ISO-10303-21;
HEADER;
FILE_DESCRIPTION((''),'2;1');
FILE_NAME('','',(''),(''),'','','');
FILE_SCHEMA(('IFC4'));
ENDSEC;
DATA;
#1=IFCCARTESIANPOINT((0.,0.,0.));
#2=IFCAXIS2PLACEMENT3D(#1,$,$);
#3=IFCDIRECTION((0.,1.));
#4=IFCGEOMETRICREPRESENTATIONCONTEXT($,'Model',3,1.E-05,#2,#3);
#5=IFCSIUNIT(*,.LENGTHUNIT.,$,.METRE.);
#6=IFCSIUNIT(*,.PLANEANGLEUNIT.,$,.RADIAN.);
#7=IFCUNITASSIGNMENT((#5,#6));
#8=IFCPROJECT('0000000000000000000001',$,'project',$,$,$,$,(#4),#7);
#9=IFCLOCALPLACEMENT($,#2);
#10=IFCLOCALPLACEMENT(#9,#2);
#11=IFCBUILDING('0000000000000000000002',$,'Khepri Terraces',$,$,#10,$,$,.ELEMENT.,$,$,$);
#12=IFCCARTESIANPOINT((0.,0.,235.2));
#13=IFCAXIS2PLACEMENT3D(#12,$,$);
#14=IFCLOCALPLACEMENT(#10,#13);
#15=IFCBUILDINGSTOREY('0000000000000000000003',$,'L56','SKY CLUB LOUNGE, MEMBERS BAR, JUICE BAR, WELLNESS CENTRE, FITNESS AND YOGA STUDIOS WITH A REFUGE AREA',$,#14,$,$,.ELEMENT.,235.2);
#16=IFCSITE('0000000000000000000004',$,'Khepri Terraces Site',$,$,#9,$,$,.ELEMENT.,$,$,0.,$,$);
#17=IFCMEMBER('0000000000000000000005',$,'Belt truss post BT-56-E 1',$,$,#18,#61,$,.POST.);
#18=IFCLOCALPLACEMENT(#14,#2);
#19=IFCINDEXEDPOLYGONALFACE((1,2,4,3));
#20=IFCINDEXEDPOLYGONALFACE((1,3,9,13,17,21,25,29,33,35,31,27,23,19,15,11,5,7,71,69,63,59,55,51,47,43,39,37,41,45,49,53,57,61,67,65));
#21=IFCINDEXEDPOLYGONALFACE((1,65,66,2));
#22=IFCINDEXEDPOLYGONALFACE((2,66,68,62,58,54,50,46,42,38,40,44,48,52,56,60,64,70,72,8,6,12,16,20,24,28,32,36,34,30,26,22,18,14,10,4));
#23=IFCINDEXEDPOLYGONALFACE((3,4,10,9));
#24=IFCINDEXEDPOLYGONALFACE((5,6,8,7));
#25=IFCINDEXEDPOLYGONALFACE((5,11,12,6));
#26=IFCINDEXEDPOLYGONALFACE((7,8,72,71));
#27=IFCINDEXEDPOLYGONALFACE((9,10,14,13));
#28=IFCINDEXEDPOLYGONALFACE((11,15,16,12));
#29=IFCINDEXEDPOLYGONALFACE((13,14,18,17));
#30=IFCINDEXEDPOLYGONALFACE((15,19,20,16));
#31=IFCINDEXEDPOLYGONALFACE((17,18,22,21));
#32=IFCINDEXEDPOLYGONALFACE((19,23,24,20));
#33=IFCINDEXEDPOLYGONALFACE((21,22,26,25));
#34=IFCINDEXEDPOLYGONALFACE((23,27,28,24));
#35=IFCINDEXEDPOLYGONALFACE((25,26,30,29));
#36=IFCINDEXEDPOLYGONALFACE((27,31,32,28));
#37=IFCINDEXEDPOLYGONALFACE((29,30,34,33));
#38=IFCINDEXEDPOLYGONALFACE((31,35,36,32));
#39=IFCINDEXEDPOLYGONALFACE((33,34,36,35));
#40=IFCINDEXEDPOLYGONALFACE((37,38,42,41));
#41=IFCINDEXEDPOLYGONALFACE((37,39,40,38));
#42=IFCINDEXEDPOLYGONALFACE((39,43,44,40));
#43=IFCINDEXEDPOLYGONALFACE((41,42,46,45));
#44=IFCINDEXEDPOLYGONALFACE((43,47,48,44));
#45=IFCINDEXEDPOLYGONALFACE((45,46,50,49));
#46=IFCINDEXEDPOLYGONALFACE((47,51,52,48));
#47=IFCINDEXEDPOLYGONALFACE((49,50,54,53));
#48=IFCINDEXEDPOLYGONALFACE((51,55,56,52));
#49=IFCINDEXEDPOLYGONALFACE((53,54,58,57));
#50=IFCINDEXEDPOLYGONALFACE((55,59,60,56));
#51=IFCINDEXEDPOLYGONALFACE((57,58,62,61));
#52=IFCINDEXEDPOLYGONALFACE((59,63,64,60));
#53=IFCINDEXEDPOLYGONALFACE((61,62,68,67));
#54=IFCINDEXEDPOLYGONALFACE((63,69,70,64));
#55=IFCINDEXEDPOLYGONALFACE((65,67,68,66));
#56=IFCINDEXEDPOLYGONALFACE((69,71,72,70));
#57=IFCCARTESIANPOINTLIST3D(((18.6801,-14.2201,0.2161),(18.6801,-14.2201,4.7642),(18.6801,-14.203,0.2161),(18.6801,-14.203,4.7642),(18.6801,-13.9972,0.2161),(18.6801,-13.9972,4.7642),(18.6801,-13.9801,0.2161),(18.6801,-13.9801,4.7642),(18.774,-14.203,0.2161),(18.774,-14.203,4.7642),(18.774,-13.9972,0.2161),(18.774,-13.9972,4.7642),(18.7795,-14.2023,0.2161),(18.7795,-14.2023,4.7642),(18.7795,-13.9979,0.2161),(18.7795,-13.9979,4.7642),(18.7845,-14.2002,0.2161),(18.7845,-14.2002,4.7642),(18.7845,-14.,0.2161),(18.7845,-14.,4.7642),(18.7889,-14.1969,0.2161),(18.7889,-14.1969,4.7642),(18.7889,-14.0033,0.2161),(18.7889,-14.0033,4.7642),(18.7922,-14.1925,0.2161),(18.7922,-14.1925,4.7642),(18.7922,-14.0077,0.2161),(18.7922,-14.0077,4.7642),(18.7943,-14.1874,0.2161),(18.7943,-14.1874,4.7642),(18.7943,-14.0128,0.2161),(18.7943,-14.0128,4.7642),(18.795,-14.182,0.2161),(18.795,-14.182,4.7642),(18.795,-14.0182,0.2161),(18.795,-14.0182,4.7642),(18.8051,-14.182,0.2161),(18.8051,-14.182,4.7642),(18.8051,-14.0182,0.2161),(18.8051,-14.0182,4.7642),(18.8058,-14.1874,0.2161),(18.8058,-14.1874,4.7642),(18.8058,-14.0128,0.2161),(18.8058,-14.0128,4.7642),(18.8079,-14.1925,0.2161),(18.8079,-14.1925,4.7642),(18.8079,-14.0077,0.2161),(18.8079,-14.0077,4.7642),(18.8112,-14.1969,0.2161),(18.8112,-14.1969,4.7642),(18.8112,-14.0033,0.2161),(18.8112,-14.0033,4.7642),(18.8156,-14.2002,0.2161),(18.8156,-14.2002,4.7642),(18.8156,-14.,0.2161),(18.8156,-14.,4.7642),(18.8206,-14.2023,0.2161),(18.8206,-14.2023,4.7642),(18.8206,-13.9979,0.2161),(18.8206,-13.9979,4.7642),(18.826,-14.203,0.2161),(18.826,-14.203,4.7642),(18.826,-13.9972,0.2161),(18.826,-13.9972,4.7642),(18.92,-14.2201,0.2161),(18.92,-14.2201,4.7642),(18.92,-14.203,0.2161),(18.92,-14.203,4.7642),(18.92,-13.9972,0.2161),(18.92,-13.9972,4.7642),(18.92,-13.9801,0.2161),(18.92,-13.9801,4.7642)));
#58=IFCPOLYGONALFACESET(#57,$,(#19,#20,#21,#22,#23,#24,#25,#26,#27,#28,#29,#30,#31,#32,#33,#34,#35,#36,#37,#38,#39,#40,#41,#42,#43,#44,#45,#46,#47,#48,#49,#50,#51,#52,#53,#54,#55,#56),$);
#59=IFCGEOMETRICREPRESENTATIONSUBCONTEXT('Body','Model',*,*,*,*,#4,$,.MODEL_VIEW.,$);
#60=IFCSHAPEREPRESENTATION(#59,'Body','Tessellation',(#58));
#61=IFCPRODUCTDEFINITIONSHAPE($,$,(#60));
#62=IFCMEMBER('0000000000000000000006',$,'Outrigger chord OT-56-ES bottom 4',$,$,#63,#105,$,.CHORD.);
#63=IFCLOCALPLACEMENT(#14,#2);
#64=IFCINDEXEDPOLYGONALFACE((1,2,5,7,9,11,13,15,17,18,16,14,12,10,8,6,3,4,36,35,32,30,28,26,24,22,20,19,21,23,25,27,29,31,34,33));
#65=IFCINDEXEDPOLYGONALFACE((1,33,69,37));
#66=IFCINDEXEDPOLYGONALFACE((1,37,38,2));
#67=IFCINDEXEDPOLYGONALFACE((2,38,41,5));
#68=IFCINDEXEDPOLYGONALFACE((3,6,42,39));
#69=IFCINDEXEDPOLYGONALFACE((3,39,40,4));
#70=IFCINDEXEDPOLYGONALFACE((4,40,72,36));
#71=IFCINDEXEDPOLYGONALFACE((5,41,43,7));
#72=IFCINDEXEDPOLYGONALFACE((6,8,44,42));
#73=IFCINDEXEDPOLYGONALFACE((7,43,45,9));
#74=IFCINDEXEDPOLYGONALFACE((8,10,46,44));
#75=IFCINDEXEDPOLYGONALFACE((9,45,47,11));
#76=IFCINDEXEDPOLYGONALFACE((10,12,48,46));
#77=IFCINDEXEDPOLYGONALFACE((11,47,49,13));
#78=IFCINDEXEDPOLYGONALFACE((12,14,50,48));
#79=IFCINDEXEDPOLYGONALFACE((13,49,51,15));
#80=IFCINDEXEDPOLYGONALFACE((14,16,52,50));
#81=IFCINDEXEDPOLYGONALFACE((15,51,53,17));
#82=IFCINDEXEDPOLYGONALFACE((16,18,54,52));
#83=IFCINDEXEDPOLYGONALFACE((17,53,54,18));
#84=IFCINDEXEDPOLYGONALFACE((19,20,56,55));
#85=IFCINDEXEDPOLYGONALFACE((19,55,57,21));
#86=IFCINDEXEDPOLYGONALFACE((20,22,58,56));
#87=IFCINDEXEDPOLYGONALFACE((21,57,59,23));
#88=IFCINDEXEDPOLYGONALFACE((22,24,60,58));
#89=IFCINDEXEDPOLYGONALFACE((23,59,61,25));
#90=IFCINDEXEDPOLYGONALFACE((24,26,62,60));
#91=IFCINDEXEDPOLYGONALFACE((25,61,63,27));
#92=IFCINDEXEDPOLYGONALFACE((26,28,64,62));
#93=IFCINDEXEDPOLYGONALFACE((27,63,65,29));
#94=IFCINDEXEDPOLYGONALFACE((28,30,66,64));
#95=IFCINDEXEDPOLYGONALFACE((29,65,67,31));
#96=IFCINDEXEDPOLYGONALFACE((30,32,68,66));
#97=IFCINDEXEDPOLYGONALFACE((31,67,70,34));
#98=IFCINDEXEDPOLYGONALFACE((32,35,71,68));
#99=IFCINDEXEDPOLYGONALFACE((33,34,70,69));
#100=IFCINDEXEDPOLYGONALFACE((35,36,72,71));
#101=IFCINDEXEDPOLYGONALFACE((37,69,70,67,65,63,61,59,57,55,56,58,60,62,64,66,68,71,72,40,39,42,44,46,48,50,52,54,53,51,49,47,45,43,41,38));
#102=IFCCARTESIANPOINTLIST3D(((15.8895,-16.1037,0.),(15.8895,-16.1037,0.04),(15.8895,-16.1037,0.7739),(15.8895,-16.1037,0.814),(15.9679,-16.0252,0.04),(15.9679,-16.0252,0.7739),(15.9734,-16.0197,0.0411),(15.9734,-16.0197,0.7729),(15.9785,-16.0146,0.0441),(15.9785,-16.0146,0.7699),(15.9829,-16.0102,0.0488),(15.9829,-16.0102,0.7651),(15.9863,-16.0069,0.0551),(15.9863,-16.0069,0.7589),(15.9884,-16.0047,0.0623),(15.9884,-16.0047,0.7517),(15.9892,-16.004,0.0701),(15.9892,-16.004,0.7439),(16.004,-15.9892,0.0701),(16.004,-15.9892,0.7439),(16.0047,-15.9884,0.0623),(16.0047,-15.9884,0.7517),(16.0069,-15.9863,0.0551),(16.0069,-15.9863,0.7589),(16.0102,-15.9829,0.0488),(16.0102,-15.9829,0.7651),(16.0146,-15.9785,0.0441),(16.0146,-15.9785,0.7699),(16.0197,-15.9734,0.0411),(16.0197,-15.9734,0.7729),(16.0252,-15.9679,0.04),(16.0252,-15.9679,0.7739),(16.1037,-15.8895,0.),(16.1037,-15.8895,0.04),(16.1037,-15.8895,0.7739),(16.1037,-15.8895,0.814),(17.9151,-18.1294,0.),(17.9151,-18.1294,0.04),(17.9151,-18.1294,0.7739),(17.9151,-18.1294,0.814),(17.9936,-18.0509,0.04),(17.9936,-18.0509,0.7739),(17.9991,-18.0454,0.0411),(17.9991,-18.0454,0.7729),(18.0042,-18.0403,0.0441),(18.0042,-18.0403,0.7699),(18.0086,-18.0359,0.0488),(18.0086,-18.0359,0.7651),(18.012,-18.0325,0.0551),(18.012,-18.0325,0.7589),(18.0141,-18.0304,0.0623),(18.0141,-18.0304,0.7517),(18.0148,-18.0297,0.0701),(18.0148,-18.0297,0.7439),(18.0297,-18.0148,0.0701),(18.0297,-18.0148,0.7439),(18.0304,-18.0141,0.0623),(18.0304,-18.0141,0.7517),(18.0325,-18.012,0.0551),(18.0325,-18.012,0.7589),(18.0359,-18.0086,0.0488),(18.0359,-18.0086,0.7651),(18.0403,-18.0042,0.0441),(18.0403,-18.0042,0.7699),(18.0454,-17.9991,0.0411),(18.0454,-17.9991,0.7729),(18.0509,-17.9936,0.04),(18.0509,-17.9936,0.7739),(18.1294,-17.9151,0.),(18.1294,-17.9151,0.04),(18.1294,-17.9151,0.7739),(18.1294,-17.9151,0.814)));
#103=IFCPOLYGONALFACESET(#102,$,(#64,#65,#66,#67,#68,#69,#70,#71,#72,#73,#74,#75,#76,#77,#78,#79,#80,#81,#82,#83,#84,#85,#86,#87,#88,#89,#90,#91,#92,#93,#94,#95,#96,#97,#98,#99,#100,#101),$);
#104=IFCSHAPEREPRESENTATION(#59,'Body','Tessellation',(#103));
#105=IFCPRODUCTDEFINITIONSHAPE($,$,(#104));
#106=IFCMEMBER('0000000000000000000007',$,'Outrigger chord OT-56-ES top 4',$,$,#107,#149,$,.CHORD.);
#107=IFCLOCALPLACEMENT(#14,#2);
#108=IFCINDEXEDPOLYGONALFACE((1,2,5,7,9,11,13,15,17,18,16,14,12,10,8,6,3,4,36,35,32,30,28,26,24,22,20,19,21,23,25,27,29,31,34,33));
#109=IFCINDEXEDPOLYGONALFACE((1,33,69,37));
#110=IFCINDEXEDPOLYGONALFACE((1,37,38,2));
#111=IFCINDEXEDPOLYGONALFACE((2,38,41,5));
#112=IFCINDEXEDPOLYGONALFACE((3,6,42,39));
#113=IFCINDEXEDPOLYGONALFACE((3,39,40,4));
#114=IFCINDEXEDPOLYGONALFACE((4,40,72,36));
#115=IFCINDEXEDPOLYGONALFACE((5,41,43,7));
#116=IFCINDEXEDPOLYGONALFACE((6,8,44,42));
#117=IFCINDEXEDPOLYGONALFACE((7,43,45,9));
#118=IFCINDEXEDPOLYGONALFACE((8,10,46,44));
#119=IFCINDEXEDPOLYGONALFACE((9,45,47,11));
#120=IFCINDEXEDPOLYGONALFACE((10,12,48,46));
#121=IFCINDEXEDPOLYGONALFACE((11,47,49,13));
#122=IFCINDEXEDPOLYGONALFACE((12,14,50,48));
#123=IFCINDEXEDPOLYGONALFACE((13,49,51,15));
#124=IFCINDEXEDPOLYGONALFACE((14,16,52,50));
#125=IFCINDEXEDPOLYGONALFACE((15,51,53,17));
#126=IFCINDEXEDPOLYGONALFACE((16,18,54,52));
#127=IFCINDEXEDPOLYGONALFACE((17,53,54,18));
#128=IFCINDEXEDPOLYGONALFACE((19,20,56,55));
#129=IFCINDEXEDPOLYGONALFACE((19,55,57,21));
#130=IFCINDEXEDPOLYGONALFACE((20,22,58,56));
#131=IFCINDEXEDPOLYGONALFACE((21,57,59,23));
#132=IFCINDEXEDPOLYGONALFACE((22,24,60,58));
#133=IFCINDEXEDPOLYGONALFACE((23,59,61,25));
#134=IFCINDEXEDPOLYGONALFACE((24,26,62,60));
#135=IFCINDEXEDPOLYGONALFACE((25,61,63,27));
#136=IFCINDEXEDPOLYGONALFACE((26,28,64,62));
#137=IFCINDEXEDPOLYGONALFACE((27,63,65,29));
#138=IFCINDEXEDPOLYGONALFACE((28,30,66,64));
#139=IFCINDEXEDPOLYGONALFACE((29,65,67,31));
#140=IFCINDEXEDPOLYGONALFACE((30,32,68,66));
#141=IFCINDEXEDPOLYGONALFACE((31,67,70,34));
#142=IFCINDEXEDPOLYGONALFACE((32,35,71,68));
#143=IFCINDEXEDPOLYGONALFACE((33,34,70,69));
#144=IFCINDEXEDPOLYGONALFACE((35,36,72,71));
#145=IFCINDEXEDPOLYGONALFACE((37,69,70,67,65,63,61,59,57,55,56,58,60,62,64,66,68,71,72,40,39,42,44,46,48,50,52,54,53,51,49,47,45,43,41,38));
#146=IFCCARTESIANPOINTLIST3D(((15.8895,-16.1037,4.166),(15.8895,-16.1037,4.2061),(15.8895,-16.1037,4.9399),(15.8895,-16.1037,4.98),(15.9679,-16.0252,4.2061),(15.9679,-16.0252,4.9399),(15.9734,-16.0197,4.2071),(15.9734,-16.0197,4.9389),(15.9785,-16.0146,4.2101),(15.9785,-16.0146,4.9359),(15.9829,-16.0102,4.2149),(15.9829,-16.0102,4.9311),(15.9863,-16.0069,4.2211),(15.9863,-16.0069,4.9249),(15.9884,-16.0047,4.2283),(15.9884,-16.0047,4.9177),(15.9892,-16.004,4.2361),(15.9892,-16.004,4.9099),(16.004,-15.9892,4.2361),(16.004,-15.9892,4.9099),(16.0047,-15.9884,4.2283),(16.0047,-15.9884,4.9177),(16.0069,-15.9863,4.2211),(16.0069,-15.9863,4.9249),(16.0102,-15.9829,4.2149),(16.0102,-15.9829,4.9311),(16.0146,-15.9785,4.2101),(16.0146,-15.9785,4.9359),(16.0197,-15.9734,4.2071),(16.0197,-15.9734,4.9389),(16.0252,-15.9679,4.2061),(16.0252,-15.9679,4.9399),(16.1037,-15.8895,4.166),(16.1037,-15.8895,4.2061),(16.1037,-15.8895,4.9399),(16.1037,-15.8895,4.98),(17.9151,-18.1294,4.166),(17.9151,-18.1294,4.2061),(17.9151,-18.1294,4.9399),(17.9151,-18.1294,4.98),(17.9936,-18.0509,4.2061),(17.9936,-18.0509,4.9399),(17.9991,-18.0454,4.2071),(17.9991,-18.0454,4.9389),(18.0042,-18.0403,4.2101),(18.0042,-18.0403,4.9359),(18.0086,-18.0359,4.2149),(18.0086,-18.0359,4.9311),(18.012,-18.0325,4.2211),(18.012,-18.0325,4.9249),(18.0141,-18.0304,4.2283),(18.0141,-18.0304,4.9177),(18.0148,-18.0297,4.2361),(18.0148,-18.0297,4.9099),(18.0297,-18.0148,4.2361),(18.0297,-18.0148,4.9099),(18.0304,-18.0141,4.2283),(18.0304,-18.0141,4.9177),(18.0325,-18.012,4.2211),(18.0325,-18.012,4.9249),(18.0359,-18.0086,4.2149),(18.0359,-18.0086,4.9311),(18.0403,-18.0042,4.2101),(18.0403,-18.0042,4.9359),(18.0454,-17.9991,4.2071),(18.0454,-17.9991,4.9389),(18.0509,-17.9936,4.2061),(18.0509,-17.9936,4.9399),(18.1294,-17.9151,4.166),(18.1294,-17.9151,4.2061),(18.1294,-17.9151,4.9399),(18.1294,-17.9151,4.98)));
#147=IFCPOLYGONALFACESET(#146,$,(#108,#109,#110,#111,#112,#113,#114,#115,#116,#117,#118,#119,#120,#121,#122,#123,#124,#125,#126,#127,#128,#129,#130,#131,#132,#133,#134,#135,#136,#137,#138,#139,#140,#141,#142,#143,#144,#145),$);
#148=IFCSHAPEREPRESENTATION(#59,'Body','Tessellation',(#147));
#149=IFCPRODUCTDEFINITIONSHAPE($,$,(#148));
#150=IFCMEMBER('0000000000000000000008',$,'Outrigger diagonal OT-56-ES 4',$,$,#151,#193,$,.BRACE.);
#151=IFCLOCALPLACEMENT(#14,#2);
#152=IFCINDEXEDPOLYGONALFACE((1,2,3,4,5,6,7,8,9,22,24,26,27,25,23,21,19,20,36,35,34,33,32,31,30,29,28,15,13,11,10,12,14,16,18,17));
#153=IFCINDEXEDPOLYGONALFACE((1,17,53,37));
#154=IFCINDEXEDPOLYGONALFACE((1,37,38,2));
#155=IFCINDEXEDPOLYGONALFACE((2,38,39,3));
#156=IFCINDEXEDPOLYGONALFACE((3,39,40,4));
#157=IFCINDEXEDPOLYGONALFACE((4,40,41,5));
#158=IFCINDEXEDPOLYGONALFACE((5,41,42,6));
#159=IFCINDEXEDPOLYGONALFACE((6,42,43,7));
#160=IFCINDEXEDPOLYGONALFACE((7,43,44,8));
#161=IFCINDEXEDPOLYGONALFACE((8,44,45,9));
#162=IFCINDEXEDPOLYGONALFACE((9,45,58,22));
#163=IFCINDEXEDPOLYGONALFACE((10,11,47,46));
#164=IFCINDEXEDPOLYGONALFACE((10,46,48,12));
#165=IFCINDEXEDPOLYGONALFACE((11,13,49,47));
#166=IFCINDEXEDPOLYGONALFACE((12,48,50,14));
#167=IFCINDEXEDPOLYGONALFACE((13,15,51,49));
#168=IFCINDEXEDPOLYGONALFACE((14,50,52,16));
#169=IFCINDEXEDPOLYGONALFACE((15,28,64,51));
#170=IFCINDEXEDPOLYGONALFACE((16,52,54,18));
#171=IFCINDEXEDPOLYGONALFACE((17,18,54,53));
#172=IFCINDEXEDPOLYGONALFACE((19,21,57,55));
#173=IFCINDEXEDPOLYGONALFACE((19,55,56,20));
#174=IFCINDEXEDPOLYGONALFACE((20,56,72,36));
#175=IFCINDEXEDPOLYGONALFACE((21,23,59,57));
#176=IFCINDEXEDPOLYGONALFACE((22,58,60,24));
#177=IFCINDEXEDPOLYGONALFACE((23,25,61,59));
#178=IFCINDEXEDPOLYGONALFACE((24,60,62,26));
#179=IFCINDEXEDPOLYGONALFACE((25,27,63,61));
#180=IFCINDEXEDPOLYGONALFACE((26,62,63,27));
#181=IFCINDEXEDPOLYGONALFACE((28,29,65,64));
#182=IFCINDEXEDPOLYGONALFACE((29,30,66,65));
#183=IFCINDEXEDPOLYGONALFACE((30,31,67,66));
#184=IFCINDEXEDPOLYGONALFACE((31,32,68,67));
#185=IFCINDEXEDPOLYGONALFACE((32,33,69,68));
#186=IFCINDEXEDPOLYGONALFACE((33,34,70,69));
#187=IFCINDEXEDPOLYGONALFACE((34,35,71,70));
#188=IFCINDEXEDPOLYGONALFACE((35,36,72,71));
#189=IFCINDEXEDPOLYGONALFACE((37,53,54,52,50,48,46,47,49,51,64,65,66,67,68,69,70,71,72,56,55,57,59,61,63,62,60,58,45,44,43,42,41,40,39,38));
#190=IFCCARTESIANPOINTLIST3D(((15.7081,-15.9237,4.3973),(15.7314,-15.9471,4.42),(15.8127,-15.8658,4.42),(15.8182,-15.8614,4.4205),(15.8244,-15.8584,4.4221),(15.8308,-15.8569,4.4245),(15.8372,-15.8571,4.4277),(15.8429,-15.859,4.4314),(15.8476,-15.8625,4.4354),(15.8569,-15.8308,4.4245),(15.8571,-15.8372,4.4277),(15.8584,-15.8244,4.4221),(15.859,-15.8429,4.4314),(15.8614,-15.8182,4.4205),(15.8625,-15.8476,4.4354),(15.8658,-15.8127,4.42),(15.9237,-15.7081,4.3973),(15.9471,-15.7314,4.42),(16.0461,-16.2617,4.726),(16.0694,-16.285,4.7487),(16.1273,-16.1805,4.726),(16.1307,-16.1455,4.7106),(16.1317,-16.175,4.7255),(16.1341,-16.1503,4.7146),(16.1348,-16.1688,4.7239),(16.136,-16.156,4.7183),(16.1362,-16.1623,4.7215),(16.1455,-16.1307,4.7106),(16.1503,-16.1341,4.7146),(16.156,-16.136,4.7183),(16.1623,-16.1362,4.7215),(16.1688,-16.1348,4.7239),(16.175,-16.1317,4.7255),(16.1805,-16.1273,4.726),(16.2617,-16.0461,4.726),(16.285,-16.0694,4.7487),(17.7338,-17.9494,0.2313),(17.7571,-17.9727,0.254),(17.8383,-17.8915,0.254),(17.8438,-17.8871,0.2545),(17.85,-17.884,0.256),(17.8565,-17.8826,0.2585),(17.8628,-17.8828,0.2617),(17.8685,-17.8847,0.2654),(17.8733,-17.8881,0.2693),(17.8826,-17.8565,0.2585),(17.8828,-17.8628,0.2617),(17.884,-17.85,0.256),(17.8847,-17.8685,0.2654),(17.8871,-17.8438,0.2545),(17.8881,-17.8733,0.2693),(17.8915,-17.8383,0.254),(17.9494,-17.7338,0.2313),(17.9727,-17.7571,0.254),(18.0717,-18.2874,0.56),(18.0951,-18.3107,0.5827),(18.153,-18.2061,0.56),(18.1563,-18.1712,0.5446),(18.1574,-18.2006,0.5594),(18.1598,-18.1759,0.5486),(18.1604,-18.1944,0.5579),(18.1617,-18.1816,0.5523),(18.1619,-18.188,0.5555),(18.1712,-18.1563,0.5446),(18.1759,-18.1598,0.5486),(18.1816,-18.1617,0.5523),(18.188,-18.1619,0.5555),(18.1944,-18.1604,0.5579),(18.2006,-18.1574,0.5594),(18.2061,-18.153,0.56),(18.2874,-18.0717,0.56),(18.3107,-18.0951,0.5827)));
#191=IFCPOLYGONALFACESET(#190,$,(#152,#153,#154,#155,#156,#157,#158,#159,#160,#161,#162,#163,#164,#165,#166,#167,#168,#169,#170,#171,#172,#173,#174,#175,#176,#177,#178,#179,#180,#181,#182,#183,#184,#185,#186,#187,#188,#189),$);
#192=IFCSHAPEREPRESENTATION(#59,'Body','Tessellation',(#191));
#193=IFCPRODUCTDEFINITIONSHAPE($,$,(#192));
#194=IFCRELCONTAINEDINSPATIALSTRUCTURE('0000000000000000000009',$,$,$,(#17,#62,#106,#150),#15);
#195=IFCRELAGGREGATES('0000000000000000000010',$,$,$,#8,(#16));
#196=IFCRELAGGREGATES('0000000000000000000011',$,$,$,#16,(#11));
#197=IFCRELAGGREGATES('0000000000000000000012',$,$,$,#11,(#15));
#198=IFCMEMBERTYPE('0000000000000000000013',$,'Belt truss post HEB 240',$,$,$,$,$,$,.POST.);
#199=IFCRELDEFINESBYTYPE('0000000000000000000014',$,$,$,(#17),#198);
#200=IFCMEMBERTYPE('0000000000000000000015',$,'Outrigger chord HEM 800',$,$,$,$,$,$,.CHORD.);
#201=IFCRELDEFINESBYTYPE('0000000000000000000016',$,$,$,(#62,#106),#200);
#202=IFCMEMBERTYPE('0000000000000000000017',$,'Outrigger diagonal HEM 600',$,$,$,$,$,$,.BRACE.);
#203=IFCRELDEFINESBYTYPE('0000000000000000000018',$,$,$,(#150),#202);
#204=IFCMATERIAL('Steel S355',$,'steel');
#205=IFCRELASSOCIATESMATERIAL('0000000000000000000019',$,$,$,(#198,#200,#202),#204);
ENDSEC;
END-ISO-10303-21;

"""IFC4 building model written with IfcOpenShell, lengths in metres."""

from ifc_helpers import new_model, si_unit, direction, frame, origin, origin_2d, place, context, subcontext, project, spatial, i_section, extrude, material, material_profile, profile_set, type_object, element, save


model = new_model("IFC4")

# Units and contexts
model_context = context("Model", 3, precision=1e-05, world=origin(), true_north=direction((0.0, 1.0)))
body_context = subcontext(model_context, "Body", "Model", "MODEL_VIEW")
ifc_project = project(units=[si_unit("LENGTHUNIT", "METRE"), si_unit("PLANEANGLEUNIT", "RADIAN")], contexts=[model_context])

# Site, building, storey
site_placement = place(None, origin())
site = spatial("IfcSite", under=ifc_project, at=site_placement, Name="Khepri Terraces Site", CompositionType="ELEMENT", RefElevation=0.0)
building_placement = place(site_placement, origin())
building = spatial("IfcBuilding", under=site, at=building_placement, Name="Khepri Terraces", CompositionType="ELEMENT")
storey_placement = place(building_placement, frame((0.0, 0.0, 235.2)))
storey = spatial("IfcBuildingStorey", under=building, at=storey_placement, Name="L56", Description="SKY CLUB LOUNGE, MEMBERS BAR, JUICE BAR, WELLNESS CENTRE, FITNESS AND YOGA STUDIOS WITH A REFUGE AREA", CompositionType="ELEMENT", Elevation=235.2)

# Members
ifc_material_1 = material(Name="Steel S355", Category="steel")
ifc_material_profile_1 = material_profile(ifc_material_1, i_section(OverallWidth=0.24, OverallDepth=0.24, WebThickness=0.01, FlangeThickness=0.0171, FilletRadius=0.021, at=origin_2d()), Name="Steel S355", Category="steel")
ifc_profile_set_1 = profile_set([ifc_material_profile_1], Name="Steel S355")
member_type_1 = type_object("IfcMemberType", Name="Belt truss post HEB 240", PredefinedType="POST", material=ifc_profile_set_1)
member_1_placement = place(storey_placement, frame((18.8, -14.1001, 0.2161), z_axis=(0.0, 0.0, 1.0), x_axis=(1.0, 0.0, 0.0)))
element("IfcMember", 1, at=member_1_placement, inside=storey, type_object=member_type_1, Name="Belt truss post BT-56-E 1", PredefinedType="POST", context=body_context, shape_type="SweptSolid", body=[
    extrude(i_section(OverallWidth=0.24, OverallDepth=0.24, WebThickness=0.01, FlangeThickness=0.0171, FilletRadius=0.021, at=origin_2d()), origin(), (0.0, 0.0, 1.0), 4.5481),
])
ifc_material_profile_2 = material_profile(ifc_material_1, i_section(OverallWidth=0.303, OverallDepth=0.814, WebThickness=0.021, FlangeThickness=0.04, FilletRadius=0.03, at=origin_2d()), Name="Steel S355", Category="steel")
ifc_profile_set_2 = profile_set([ifc_material_profile_2], Name="Steel S355")
member_type_2 = type_object("IfcMemberType", Name="Outrigger chord HEM 800", PredefinedType="CHORD", material=ifc_profile_set_2)
for number, where, z_axis, x_axis, name in (
    (2, (15.9966, -15.9966, 0.407), (0.707107, -0.707107, 0.0), (0.707107, 0.707107, 0.0), "Outrigger chord OT-56-ES bottom 4"),
    (3, (15.9966, -15.9966, 4.573), (0.707107, -0.707107, 0.0), (0.707107, 0.707107, 0.0), "Outrigger chord OT-56-ES top 4"),
):
    element("IfcMember", number, at=place(storey_placement, frame(where, z_axis=z_axis, x_axis=x_axis)), inside=storey, type_object=member_type_2, Name=name, PredefinedType="CHORD", context=body_context, shape_type="SweptSolid", body=[
        extrude(i_section(OverallWidth=0.303, OverallDepth=0.814, WebThickness=0.021, FlangeThickness=0.04, FilletRadius=0.03, at=origin_2d()), origin(), (0.0, 0.0, 1.0), 2.8647),
    ])
ifc_material_profile_3 = material_profile(ifc_material_1, i_section(OverallWidth=0.3049, OverallDepth=0.6201, WebThickness=0.021, FlangeThickness=0.04, FilletRadius=0.0271, at=origin_2d()), Name="Steel S355", Category="steel")
ifc_profile_set_3 = profile_set([ifc_material_profile_3], Name="Steel S355")
member_type_3 = type_object("IfcMemberType", Name="Outrigger diagonal HEM 600", PredefinedType="BRACE", material=ifc_profile_set_3)
member_2_placement = place(storey_placement, frame((15.9966, -15.9966, 4.573), z_axis=(0.400648, -0.400648, -0.823992), x_axis=(0.707107, 0.707107, 0.0)))
element("IfcMember", 4, at=member_2_placement, inside=storey, type_object=member_type_3, Name="Outrigger diagonal OT-56-ES 4", PredefinedType="BRACE", context=body_context, shape_type="SweptSolid", body=[
    extrude(i_section(OverallWidth=0.3049, OverallDepth=0.6201, WebThickness=0.021, FlangeThickness=0.04, FilletRadius=0.0271, at=origin_2d()), origin(), (0.0, 0.0, 1.0), 5.0559),
])

save(model, "model.ifc")
